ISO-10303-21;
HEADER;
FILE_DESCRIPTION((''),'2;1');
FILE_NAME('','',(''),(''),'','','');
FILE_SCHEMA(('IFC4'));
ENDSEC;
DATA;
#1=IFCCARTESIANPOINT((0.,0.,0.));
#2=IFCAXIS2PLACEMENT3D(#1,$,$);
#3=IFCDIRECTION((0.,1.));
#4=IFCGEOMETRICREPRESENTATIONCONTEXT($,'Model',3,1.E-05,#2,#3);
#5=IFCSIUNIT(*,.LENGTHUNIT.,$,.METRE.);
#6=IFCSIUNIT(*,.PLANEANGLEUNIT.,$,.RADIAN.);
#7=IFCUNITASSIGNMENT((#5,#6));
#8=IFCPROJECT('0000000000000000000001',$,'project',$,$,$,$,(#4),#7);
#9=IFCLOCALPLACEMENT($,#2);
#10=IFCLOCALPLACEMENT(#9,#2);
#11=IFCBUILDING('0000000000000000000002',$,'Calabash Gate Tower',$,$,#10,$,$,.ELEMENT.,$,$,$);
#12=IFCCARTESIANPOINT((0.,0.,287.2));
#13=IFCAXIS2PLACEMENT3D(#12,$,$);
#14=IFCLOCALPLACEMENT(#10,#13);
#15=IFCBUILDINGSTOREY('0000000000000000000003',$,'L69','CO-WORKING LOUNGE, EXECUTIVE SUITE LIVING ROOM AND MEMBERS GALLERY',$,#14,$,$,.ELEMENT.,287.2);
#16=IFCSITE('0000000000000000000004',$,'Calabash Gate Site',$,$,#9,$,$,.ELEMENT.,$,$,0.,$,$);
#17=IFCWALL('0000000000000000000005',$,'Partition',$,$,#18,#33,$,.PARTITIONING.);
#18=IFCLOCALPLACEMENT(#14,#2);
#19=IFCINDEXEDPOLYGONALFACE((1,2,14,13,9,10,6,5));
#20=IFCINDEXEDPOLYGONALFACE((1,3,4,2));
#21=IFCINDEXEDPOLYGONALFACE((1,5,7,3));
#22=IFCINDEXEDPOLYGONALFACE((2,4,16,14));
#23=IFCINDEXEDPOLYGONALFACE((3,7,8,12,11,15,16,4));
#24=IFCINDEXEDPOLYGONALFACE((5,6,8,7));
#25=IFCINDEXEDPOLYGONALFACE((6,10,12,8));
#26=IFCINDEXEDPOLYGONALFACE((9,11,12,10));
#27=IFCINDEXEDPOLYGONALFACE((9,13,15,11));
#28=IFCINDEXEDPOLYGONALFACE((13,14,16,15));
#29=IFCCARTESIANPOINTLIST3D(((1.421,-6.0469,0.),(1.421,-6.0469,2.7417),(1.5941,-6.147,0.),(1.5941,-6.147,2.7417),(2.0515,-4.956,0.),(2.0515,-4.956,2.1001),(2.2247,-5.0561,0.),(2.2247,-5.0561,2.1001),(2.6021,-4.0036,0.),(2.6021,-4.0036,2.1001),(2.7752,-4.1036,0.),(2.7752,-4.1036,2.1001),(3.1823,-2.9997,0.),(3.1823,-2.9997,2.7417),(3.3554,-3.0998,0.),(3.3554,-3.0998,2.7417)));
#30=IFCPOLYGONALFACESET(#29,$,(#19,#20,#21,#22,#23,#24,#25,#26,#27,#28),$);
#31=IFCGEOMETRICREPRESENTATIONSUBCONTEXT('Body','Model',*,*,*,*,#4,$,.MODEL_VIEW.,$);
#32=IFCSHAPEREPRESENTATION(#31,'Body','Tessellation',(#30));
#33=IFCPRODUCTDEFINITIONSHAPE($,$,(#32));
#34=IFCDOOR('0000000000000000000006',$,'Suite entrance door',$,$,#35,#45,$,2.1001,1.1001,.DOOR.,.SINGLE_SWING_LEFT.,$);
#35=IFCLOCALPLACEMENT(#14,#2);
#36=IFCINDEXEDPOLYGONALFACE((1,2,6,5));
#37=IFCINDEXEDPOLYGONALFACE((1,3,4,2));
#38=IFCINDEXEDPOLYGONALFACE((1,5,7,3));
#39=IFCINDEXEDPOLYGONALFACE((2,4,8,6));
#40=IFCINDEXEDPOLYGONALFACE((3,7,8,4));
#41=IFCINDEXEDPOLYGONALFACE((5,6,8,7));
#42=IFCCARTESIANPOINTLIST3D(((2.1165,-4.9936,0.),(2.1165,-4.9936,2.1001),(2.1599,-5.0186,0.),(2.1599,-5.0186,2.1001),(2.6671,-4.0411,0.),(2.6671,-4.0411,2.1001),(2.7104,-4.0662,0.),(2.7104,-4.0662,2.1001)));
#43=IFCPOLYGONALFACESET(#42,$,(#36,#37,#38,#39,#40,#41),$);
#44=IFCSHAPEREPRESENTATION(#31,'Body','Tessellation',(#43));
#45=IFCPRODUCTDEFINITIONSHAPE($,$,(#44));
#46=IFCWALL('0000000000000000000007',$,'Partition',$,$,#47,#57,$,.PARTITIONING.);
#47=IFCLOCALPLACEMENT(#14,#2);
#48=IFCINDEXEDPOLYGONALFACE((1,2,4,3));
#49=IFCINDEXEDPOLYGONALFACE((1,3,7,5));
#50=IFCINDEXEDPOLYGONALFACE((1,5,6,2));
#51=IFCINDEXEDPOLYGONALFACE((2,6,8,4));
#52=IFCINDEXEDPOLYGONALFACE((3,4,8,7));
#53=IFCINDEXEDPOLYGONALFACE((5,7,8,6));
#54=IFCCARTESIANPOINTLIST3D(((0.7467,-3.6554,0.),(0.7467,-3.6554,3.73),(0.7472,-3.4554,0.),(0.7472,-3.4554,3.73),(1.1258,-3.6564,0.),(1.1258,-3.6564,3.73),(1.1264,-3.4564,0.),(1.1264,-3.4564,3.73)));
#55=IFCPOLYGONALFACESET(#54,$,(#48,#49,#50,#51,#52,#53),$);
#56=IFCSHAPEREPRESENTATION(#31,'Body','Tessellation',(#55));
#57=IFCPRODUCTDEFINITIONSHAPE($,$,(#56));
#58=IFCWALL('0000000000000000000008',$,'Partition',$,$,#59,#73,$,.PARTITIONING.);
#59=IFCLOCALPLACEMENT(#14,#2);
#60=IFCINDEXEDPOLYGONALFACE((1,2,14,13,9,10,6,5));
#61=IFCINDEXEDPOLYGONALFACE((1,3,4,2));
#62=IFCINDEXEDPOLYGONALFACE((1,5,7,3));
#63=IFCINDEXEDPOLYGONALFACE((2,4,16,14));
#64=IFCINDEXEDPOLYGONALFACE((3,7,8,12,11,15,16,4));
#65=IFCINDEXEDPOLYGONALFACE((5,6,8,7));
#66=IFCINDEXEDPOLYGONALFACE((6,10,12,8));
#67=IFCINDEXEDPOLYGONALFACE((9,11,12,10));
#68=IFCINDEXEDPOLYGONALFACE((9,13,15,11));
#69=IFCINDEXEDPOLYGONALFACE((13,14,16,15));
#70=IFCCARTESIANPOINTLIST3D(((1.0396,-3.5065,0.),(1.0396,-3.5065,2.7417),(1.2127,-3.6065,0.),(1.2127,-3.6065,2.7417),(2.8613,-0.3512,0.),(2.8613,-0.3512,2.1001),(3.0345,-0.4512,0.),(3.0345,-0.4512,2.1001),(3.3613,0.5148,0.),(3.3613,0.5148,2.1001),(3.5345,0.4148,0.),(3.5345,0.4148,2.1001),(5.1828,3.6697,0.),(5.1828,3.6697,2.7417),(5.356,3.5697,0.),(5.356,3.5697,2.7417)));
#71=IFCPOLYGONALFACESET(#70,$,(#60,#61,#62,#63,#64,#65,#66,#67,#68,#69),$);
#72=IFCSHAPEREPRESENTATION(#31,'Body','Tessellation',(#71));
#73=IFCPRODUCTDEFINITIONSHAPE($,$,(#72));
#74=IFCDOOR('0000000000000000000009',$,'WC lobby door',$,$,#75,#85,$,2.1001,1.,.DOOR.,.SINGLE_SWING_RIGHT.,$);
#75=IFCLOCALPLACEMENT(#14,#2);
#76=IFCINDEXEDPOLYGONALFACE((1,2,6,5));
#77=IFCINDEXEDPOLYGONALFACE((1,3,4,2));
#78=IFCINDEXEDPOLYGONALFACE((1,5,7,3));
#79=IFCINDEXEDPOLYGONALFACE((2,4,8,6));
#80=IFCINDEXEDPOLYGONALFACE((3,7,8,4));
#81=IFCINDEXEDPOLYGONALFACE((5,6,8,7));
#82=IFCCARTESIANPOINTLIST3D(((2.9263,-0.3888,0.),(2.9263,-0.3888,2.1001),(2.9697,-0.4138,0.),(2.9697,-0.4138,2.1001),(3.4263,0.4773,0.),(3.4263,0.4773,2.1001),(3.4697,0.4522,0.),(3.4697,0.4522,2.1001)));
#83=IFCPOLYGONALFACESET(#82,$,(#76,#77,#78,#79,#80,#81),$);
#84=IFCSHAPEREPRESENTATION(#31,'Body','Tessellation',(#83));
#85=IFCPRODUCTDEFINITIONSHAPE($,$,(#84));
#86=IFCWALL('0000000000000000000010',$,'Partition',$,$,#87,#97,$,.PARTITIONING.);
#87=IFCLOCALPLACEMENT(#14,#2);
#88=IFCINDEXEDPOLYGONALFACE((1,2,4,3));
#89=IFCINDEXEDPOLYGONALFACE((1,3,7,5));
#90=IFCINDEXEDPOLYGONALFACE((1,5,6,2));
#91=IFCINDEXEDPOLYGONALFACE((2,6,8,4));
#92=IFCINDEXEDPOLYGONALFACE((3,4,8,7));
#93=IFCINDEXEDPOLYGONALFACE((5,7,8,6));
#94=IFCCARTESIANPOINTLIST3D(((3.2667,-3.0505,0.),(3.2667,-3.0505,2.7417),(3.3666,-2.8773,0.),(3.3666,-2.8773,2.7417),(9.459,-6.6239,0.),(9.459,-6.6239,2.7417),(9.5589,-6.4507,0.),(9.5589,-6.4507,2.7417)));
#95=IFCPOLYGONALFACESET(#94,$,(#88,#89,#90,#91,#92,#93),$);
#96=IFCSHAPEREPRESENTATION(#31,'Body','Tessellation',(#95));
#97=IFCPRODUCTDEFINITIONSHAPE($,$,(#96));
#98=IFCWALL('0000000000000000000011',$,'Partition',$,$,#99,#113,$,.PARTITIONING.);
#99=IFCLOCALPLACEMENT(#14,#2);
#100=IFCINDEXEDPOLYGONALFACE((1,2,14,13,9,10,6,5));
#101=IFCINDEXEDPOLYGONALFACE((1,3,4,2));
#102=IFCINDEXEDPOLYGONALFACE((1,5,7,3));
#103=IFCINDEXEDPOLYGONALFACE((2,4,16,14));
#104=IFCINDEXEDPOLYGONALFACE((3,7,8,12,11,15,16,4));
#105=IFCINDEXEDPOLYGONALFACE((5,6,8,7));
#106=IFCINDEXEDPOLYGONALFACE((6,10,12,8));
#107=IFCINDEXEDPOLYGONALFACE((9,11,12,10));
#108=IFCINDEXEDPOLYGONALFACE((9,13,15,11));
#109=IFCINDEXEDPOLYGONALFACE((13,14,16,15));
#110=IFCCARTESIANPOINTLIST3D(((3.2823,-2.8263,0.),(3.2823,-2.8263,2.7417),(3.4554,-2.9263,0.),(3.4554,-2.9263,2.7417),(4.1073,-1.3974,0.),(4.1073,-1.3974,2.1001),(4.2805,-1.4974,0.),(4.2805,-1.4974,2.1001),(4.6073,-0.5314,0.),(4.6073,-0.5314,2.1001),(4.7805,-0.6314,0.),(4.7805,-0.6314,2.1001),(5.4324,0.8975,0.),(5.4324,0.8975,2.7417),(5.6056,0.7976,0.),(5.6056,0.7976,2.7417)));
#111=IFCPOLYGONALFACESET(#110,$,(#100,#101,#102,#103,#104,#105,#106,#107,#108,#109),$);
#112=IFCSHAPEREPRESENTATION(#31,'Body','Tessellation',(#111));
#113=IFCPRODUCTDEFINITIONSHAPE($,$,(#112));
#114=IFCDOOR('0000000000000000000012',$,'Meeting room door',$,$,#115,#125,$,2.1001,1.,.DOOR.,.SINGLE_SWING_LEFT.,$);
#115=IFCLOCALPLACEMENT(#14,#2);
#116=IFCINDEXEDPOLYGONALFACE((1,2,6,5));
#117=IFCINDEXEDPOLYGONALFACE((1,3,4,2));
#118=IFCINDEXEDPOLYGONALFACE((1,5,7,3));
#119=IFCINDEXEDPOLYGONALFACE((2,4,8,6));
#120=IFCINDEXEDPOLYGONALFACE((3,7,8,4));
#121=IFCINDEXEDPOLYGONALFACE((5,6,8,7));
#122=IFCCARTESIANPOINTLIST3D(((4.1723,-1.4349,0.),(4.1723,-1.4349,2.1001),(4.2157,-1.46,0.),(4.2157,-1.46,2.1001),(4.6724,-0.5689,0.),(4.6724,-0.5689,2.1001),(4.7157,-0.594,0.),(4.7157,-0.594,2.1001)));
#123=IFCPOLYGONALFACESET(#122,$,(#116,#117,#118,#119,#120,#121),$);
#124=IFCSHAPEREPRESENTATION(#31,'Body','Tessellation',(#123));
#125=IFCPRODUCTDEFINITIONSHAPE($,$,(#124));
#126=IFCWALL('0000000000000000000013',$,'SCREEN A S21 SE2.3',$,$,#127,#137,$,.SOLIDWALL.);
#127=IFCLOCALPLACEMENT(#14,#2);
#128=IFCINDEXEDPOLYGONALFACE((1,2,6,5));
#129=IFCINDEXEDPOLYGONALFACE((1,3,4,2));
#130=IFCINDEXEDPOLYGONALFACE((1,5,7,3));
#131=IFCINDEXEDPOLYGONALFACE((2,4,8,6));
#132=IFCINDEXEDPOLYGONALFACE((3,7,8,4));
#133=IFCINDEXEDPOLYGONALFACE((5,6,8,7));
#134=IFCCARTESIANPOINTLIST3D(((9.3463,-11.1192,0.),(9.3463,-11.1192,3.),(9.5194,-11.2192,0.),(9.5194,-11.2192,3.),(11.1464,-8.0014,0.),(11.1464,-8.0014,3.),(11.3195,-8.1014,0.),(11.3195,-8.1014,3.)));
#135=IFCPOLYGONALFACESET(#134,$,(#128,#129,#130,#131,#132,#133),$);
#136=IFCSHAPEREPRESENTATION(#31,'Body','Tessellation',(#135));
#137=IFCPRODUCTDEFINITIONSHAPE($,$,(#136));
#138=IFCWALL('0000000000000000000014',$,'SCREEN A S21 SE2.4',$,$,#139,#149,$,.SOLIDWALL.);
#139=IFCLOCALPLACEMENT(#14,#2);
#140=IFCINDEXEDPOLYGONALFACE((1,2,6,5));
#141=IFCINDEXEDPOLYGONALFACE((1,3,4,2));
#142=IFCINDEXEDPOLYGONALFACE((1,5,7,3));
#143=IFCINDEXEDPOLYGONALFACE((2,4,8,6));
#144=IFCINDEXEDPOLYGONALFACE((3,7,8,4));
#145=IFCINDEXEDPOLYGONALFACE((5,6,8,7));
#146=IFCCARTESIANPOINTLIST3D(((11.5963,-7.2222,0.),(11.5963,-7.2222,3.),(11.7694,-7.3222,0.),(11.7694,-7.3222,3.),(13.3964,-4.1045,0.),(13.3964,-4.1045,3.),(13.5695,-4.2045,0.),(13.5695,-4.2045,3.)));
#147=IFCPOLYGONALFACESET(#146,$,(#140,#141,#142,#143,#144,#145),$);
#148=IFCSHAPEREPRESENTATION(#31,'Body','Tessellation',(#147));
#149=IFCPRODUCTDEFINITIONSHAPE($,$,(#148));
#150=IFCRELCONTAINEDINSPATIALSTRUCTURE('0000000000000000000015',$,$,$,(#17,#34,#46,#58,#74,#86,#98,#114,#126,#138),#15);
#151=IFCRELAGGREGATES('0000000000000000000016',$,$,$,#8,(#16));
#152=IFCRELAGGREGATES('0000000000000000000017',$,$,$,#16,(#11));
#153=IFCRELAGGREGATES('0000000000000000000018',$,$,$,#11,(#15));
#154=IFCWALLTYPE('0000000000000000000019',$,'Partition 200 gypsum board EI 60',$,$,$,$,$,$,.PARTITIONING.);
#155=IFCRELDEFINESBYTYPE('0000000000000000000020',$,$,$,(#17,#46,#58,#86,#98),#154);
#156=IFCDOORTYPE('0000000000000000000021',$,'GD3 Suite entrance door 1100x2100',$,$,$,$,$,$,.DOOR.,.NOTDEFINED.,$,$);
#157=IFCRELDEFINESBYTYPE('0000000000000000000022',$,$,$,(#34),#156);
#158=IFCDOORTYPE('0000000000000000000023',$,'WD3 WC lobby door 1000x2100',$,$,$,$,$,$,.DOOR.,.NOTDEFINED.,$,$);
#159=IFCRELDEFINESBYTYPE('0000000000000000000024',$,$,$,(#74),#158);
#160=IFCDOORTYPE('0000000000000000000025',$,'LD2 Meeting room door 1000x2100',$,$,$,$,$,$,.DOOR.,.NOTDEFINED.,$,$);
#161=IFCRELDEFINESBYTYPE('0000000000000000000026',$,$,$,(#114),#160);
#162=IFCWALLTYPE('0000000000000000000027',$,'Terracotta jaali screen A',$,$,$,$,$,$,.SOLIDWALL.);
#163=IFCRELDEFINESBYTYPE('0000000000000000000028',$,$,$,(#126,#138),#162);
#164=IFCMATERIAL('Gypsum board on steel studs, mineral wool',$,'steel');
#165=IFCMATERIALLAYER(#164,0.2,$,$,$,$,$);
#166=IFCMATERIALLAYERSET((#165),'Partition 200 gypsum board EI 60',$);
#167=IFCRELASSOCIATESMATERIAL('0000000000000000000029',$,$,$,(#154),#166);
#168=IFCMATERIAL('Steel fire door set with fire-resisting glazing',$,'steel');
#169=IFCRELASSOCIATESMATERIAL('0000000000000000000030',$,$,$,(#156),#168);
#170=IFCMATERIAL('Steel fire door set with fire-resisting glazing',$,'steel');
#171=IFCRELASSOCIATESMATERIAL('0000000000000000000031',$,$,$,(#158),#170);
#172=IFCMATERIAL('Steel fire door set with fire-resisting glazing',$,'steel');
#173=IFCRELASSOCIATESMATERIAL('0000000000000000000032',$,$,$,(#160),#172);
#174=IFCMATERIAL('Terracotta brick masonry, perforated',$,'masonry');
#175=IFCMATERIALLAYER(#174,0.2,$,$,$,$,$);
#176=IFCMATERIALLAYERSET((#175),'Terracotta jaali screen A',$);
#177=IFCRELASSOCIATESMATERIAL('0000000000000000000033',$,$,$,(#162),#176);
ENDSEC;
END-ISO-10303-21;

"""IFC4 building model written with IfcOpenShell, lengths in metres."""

from ifc_helpers import new_model, si_unit, direction, frame, frame_2d, origin, place, context, subcontext, project, spatial, rectangle, extrude, material, layer, layer_set, type_object, element, fill, save


model = new_model("IFC4")

# Units and contexts
model_context = context("Model", 3, precision=1e-05, world=origin(), true_north=direction((0.0, 1.0)))
body_context = subcontext(model_context, "Body", "Model", "MODEL_VIEW")
ifc_project = project(units=[si_unit("LENGTHUNIT", "METRE"), si_unit("PLANEANGLEUNIT", "RADIAN")], contexts=[model_context])

# Site, building, storey
site_placement = place(None, origin())
site = spatial("IfcSite", under=ifc_project, at=site_placement, Name="Calabash Gate Site", CompositionType="ELEMENT", RefElevation=0.0)
building_placement = place(site_placement, origin())
building = spatial("IfcBuilding", under=site, at=building_placement, Name="Calabash Gate Tower", CompositionType="ELEMENT")
storey_placement = place(building_placement, frame((0.0, 0.0, 287.2)))
storey = spatial("IfcBuildingStorey", under=building, at=storey_placement, Name="L69", Description="CO-WORKING LOUNGE, EXECUTIVE SUITE LIVING ROOM AND MEMBERS GALLERY", CompositionType="ELEMENT", Elevation=287.2)

# Shared definitions
ifc_material_1 = material(Name="Gypsum board on steel studs, mineral wool", Category="steel")
ifc_layer_1 = layer(ifc_material_1, 0.2)
ifc_layer_set_1 = layer_set([ifc_layer_1], Name="Partition 200 gypsum board EI 60")
wall_type_1 = type_object("IfcWallType", Name="Partition 200 gypsum board EI 60", PredefinedType="PARTITIONING", material=ifc_layer_set_1)

# Wall, opening, door
wall_1_placement = place(storey_placement, frame((1.5076, -6.0969, 0.0), z_axis=(0.0, 0.0, 1.0), x_axis=(0.500421, 0.865782, 0.0)))
wall_1 = element("IfcWall", 1, at=wall_1_placement, inside=storey, type_object=wall_type_1, Name="Partition", PredefinedType="PARTITIONING", context=body_context, shape_type="SweptSolid", body=[
    extrude(rectangle(XDim=3.5195, YDim=0.2, at=frame_2d((1.7598, 0.0))), origin(), (0.0, 0.0, 1.0), 2.7417),
])
opening_1_placement = place(wall_1_placement, frame((1.26, 0.0, 0.0)))
opening_1 = element("IfcOpeningElement", 2, at=opening_1_placement, cuts=wall_1, PredefinedType="OPENING", context=body_context, shape_type="SweptSolid", body=[
    extrude(rectangle(XDim=1.1001, YDim=2.1001, at=frame_2d((0.55, 1.05))), frame((0.0, 0.1099, 0.0), z_axis=(0.0, -1.0, 0.0), x_axis=(1.0, 0.0, 0.0)), (0.0, 0.0, 1.0), 0.22),
])
ifc_material_2 = material(Name="Steel fire door set with fire-resisting glazing", Category="steel")
door_type_1 = type_object("IfcDoorType", Name="GD3 Suite entrance door 1100x2100", OperationType="NOTDEFINED", PredefinedType="DOOR", material=ifc_material_2)
door_1_placement = place(opening_1_placement, origin())
door_1 = element("IfcDoor", 3, at=door_1_placement, inside=storey, type_object=door_type_1, Name="Suite entrance door", OperationType="SINGLE_SWING_LEFT", OverallHeight=2.1001, OverallWidth=1.1001, PredefinedType="DOOR", context=body_context, shape_type="SweptSolid", body=[
    extrude(rectangle(XDim=1.1001, YDim=2.1001, at=frame_2d((0.55, 1.05))), frame((0.0, 0.0249, 0.0), z_axis=(0.0, -1.0, 0.0), x_axis=(1.0, 0.0, 0.0)), (0.0, 0.0, 1.0), 0.05),
])
fill(opening_1, door_1)

# Wall
wall_2_placement = place(storey_placement, frame((0.7471, -3.5554, 0.0), z_axis=(0.0, 0.0, 1.0), x_axis=(0.999997, -0.002576, 0.0)))
element("IfcWall", 4, at=wall_2_placement, inside=storey, type_object=wall_type_1, Name="Partition", PredefinedType="PARTITIONING", context=body_context, shape_type="SweptSolid", body=[
    extrude(rectangle(XDim=0.3792, YDim=0.2, at=frame_2d((0.1895, 0.0))), origin(), (0.0, 0.0, 1.0), 3.73),
])

# Wall, opening, door
wall_3_placement = place(storey_placement, frame((1.1262, -3.5564, 0.0), z_axis=(0.0, 0.0, 1.0), x_axis=(0.500008, 0.866021, 0.0)))
wall_3 = element("IfcWall", 5, at=wall_3_placement, inside=storey, type_object=wall_type_1, Name="Partition", PredefinedType="PARTITIONING", context=body_context, shape_type="SweptSolid", body=[
    extrude(rectangle(XDim=8.2864, YDim=0.2, at=frame_2d((4.1431, 0.0))), origin(), (0.0, 0.0, 1.0), 2.7417),
])
opening_2_placement = place(wall_3_placement, frame((3.6433, 0.0, 0.0)))
opening_2 = element("IfcOpeningElement", 6, at=opening_2_placement, cuts=wall_3, PredefinedType="OPENING", context=body_context, shape_type="SweptSolid", body=[
    extrude(rectangle(XDim=1.0, YDim=2.1001, at=frame_2d((0.5, 1.05))), frame((0.0, 0.1099, 0.0), z_axis=(0.0, -1.0, 0.0), x_axis=(1.0, 0.0, 0.0)), (0.0, 0.0, 1.0), 0.22),
])
ifc_material_3 = material(Name="Steel fire door set with fire-resisting glazing", Category="steel")
door_type_2 = type_object("IfcDoorType", Name="WD3 WC lobby door 1000x2100", OperationType="NOTDEFINED", PredefinedType="DOOR", material=ifc_material_3)
door_2_placement = place(opening_2_placement, origin())
door_2 = element("IfcDoor", 7, at=door_2_placement, inside=storey, type_object=door_type_2, Name="WC lobby door", OperationType="SINGLE_SWING_RIGHT", OverallHeight=2.1001, OverallWidth=1.0, PredefinedType="DOOR", context=body_context, shape_type="SweptSolid", body=[
    extrude(rectangle(XDim=1.0, YDim=2.1001, at=frame_2d((0.5, 1.05))), frame((0.0, 0.0249, 0.0), z_axis=(0.0, -1.0, 0.0), x_axis=(1.0, 0.0, 0.0)), (0.0, 0.0, 1.0), 0.05),
])
fill(opening_2, door_2)

# Wall
wall_4_placement = place(storey_placement, frame((3.3167, -2.9639, 0.0), z_axis=(0.0, 0.0, 1.0), x_axis=(0.866128, -0.499823, 0.0)))
element("IfcWall", 8, at=wall_4_placement, inside=storey, type_object=wall_type_1, Name="Partition", PredefinedType="PARTITIONING", context=body_context, shape_type="SweptSolid", body=[
    extrude(rectangle(XDim=7.1494, YDim=0.2, at=frame_2d((3.5747, 0.0))), origin(), (0.0, 0.0, 1.0), 2.7417),
])

# Wall, opening, door
wall_5_placement = place(storey_placement, frame((3.3689, -2.8762, 0.0), z_axis=(0.0, 0.0, 1.0), x_axis=(0.500029, 0.866009, 0.0)))
wall_5 = element("IfcWall", 9, at=wall_5_placement, inside=storey, type_object=wall_type_1, Name="Partition", PredefinedType="PARTITIONING", context=body_context, shape_type="SweptSolid", body=[
    extrude(rectangle(XDim=4.3, YDim=0.2, at=frame_2d((2.1499, 0.0))), origin(), (0.0, 0.0, 1.0), 2.7417),
])
opening_3_placement = place(wall_5_placement, frame((1.6499, 0.0, 0.0)))
opening_3 = element("IfcOpeningElement", 10, at=opening_3_placement, cuts=wall_5, PredefinedType="OPENING", context=body_context, shape_type="SweptSolid", body=[
    extrude(rectangle(XDim=1.0, YDim=2.1001, at=frame_2d((0.5, 1.05))), frame((0.0, 0.1099, 0.0), z_axis=(0.0, -1.0, 0.0), x_axis=(1.0, 0.0, 0.0)), (0.0, 0.0, 1.0), 0.22),
])
ifc_material_4 = material(Name="Steel fire door set with fire-resisting glazing", Category="steel")
door_type_3 = type_object("IfcDoorType", Name="LD2 Meeting room door 1000x2100", OperationType="NOTDEFINED", PredefinedType="DOOR", material=ifc_material_4)
door_3_placement = place(opening_3_placement, origin())
door_3 = element("IfcDoor", 11, at=door_3_placement, inside=storey, type_object=door_type_3, Name="Meeting room door", OperationType="SINGLE_SWING_LEFT", OverallHeight=2.1001, OverallWidth=1.0, PredefinedType="DOOR", context=body_context, shape_type="SweptSolid", body=[
    extrude(rectangle(XDim=1.0, YDim=2.1001, at=frame_2d((0.5, 1.05))), frame((0.0, 0.0249, 0.0), z_axis=(0.0, -1.0, 0.0), x_axis=(1.0, 0.0, 0.0)), (0.0, 0.0, 1.0), 0.05),
])
fill(opening_3, door_3)

# Walls
ifc_material_5 = material(Name="Terracotta brick masonry, perforated", Category="masonry")
ifc_layer_2 = layer(ifc_material_5, 0.2)
ifc_layer_set_2 = layer_set([ifc_layer_2], Name="Terracotta jaali screen A")
wall_type_2 = type_object("IfcWallType", Name="Terracotta jaali screen A", PredefinedType="SOLIDWALL", material=ifc_layer_set_2)
for number, where, z_axis, x_axis, name in (
    (12, (9.4329, -11.1692, 0.0), (0.0, 0.0, 1.0), (0.500012, 0.866018, 0.0), "SCREEN A S21 SE2.3"),
    (13, (11.6829, -7.2722, 0.0), (0.0, 0.0, 1.0), (0.500012, 0.866018, 0.0), "SCREEN A S21 SE2.4"),
):
    element("IfcWall", number, at=place(storey_placement, frame(where, z_axis=z_axis, x_axis=x_axis)), inside=storey, type_object=wall_type_2, Name=name, PredefinedType="SOLIDWALL", context=body_context, shape_type="SweptSolid", body=[
        extrude(rectangle(XDim=3.6001, YDim=0.2, at=frame_2d((1.8, 0.0))), origin(), (0.0, 0.0, 1.0), 3.0),
    ])

save(model, "model.ifc")
